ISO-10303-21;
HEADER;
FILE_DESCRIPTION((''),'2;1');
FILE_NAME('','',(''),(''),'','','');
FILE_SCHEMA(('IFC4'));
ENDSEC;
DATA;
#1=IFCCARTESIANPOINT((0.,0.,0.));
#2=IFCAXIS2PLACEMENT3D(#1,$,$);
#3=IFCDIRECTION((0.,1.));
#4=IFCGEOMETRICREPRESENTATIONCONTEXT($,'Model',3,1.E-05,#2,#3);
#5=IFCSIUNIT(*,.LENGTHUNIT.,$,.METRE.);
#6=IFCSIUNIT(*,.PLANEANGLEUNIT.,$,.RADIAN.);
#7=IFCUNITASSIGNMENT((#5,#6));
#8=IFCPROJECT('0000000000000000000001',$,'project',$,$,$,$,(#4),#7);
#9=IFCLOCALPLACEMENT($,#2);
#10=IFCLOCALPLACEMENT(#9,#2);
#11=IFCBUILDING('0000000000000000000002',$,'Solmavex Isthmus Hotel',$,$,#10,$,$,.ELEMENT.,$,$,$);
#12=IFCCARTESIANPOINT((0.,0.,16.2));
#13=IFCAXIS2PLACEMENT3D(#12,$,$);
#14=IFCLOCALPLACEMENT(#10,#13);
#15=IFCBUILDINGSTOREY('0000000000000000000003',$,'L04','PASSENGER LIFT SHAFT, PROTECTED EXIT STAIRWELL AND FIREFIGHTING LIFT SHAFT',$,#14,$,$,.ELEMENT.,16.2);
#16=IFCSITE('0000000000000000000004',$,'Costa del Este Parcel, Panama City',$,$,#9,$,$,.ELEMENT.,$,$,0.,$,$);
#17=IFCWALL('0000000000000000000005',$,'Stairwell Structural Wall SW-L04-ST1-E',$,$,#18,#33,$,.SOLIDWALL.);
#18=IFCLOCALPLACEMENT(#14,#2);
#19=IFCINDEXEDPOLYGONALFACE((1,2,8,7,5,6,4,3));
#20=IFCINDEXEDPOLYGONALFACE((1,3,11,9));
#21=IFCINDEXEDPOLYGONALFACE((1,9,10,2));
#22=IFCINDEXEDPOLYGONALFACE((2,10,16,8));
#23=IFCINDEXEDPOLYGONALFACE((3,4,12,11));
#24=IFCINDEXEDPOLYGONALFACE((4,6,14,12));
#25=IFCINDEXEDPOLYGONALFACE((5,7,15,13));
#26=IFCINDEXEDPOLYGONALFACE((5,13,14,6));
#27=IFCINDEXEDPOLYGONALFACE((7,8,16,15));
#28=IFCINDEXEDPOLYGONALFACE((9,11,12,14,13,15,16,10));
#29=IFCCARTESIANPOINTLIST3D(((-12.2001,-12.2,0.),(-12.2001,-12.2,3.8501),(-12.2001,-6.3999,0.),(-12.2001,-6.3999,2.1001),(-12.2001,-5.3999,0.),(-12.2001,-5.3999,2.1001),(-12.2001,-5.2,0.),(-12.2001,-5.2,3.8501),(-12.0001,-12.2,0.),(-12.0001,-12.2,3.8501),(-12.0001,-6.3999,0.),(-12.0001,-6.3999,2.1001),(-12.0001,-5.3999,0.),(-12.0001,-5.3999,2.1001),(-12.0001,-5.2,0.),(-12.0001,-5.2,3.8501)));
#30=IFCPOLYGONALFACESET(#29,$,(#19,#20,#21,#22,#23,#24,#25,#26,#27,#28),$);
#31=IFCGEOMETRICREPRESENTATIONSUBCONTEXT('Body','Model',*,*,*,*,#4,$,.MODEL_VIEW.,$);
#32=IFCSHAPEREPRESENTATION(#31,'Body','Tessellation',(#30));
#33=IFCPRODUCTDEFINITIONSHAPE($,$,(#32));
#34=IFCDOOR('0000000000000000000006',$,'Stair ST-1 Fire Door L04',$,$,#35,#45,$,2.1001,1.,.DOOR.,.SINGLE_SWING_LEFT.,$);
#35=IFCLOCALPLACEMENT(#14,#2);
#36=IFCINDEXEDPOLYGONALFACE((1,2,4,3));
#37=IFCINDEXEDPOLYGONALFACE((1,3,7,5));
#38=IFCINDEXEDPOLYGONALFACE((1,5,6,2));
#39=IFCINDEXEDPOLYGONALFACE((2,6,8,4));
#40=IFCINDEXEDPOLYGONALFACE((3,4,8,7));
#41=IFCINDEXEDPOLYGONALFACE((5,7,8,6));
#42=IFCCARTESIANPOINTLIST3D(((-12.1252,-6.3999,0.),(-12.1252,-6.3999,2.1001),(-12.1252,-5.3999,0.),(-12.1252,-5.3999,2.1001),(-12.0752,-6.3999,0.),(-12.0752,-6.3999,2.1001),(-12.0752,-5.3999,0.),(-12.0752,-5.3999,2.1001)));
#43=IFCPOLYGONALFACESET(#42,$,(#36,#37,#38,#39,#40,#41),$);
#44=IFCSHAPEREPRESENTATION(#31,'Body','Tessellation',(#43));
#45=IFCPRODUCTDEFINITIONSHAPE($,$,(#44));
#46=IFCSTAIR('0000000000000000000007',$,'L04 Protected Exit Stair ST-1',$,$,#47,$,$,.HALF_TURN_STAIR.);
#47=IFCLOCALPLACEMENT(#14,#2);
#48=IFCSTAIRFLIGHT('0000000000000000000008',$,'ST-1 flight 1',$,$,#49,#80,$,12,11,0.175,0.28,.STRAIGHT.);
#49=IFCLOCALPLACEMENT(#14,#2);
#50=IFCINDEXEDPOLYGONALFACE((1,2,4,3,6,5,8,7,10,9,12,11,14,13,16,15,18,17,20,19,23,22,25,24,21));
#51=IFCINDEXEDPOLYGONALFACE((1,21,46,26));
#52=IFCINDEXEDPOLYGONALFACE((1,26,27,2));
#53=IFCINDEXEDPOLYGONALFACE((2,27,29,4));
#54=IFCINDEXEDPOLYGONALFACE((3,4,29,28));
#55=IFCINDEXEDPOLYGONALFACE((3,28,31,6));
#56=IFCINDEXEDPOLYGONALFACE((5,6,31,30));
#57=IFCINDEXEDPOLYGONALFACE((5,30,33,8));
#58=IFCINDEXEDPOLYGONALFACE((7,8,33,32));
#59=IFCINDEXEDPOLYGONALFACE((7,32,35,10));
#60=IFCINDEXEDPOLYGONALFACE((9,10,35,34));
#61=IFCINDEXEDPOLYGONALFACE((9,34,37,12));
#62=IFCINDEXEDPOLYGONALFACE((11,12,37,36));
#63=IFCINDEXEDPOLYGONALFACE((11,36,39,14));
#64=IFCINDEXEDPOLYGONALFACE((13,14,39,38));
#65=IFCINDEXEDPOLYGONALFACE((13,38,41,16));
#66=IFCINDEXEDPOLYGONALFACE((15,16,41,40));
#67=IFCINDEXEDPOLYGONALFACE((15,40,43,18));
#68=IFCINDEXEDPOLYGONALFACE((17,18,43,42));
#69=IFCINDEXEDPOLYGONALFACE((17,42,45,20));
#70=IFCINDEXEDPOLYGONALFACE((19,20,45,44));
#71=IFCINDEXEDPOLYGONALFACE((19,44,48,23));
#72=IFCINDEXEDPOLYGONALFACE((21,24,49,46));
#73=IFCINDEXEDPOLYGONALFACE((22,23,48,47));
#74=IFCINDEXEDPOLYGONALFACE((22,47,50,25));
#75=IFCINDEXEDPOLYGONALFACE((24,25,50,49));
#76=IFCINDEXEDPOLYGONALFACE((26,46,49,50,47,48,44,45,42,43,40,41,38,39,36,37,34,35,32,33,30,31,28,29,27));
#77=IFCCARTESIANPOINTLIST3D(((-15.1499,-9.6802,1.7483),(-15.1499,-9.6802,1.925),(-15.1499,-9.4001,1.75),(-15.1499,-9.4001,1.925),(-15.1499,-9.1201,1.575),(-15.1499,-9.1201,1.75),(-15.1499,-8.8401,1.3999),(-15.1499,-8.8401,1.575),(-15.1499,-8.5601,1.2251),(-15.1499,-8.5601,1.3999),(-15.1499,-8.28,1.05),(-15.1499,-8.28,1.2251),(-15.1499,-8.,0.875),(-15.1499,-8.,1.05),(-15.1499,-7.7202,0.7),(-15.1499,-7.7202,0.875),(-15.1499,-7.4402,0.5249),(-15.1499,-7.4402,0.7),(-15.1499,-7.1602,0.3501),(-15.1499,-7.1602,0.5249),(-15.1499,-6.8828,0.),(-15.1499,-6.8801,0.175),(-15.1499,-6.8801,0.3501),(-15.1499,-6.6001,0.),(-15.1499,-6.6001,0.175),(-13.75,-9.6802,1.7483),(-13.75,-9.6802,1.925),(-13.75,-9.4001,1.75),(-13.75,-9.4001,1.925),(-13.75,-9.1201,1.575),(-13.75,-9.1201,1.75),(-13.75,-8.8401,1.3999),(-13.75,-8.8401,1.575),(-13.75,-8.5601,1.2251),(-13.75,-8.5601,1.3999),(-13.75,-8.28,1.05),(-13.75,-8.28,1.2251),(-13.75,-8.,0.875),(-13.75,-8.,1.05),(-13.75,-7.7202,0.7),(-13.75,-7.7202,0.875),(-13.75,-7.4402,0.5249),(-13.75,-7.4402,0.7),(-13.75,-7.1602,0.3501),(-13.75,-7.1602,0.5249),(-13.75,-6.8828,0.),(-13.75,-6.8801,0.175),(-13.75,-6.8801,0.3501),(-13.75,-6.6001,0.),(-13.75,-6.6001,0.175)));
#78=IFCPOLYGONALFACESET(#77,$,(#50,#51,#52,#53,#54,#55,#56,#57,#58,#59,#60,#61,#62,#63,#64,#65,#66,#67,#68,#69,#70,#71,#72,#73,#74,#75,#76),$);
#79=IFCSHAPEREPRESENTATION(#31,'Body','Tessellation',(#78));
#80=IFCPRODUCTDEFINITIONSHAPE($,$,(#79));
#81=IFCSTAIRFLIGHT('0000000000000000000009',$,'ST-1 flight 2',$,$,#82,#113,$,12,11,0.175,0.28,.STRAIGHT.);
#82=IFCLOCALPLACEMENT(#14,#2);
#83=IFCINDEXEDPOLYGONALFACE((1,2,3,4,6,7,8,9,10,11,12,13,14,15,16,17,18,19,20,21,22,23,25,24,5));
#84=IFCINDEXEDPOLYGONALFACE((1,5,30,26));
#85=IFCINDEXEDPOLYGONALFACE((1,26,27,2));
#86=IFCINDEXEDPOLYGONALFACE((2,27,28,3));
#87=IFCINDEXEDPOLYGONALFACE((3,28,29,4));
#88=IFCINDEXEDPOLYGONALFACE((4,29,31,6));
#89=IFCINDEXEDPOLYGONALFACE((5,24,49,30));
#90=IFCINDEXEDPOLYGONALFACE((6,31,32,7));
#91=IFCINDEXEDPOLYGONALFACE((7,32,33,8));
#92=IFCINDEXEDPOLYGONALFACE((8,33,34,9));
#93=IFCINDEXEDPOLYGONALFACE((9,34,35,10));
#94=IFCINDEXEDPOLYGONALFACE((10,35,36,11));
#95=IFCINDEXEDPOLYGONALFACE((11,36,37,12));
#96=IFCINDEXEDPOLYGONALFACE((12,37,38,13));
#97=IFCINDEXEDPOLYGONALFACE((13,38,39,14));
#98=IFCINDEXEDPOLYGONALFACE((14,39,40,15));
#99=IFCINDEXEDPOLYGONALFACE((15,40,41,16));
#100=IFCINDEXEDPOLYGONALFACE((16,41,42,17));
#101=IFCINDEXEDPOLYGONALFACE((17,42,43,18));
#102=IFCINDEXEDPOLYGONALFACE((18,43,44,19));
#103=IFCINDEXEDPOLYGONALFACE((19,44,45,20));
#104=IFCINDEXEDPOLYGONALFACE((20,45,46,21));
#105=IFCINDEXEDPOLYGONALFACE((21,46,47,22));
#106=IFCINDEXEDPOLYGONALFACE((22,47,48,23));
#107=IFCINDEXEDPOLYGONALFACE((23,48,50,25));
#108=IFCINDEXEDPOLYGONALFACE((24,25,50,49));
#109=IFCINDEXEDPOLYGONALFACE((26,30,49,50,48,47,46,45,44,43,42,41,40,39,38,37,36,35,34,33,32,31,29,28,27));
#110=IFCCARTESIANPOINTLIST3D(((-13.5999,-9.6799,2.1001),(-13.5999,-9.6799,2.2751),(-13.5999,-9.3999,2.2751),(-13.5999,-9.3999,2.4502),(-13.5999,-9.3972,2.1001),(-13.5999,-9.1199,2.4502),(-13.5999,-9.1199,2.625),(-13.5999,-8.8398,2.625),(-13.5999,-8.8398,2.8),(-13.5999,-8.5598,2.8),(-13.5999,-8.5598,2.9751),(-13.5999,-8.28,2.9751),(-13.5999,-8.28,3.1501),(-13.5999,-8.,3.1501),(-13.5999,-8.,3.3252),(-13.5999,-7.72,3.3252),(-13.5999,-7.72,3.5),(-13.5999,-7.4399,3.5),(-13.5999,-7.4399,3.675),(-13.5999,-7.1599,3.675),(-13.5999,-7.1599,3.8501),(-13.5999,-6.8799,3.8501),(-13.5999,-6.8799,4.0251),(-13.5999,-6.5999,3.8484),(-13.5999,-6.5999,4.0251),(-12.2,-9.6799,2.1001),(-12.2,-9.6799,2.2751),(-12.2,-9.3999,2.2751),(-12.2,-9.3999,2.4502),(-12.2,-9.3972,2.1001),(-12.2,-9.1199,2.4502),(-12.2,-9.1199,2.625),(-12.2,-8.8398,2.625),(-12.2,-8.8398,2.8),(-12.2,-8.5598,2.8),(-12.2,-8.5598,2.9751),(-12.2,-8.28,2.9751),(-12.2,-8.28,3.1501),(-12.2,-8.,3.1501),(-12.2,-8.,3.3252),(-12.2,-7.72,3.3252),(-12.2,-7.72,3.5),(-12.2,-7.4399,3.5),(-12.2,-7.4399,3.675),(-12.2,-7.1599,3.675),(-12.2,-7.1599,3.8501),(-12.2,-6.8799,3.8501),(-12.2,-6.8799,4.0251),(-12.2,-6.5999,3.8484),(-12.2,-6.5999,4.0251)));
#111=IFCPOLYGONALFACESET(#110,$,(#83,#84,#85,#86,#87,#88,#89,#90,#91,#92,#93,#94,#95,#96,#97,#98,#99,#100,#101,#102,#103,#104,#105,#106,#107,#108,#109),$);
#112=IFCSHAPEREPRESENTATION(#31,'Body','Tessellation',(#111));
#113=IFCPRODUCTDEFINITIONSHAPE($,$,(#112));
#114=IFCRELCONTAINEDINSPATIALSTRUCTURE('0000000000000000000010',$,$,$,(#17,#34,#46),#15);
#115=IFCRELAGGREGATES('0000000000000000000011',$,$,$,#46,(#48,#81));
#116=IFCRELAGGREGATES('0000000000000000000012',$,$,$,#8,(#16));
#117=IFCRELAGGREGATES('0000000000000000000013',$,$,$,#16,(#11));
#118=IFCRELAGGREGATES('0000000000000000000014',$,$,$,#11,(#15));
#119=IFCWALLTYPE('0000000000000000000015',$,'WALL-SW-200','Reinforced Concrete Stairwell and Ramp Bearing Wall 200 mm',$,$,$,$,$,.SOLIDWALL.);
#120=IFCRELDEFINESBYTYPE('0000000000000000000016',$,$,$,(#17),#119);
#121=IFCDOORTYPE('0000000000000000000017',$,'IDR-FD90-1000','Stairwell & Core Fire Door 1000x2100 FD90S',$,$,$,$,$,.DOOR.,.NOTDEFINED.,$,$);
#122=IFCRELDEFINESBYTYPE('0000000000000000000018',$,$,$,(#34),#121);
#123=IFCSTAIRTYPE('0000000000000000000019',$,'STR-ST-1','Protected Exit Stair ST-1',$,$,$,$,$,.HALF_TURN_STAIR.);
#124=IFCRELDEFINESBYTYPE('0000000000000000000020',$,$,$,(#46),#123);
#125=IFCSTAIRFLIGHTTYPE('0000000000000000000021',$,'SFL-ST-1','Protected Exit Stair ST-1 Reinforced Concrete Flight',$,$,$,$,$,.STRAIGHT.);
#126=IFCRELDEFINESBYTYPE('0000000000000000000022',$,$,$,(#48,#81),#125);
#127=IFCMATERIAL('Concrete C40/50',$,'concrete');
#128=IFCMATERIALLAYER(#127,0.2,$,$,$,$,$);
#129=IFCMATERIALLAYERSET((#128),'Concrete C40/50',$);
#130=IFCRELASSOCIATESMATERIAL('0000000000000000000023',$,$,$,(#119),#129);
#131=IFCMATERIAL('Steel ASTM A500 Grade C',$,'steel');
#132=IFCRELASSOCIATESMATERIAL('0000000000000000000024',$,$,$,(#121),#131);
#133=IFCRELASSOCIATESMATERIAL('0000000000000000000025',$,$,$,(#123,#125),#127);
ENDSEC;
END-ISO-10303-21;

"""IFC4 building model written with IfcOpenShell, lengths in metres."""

from ifc_helpers import new_model, si_unit, direction, frame, frame_2d, origin, place, context, subcontext, project, spatial, polyline, rectangle, outline, extrude, material, layer, layer_set, type_object, element, fill, aggregate, save


model = new_model("IFC4")

# Units and contexts
model_context = context("Model", 3, precision=1e-05, world=origin(), true_north=direction((0.0, 1.0)))
body_context = subcontext(model_context, "Body", "Model", "MODEL_VIEW")
ifc_project = project(units=[si_unit("LENGTHUNIT", "METRE"), si_unit("PLANEANGLEUNIT", "RADIAN")], contexts=[model_context])

# Site, building, storey
site_placement = place(None, origin())
site = spatial("IfcSite", under=ifc_project, at=site_placement, Name="Costa del Este Parcel, Panama City", CompositionType="ELEMENT", RefElevation=0.0)
building_placement = place(site_placement, origin())
building = spatial("IfcBuilding", under=site, at=building_placement, Name="Solmavex Isthmus Hotel", CompositionType="ELEMENT")
storey_placement = place(building_placement, frame((0.0, 0.0, 16.2)))
storey = spatial("IfcBuildingStorey", under=building, at=storey_placement, Name="L04", Description="PASSENGER LIFT SHAFT, PROTECTED EXIT STAIRWELL AND FIREFIGHTING LIFT SHAFT", CompositionType="ELEMENT", Elevation=16.2)

# Shared definitions
ifc_material_1 = material(Name="Concrete C40/50", Category="concrete")
ifc_material_2 = material(Name="Steel ASTM A500 Grade C", Category="steel")

# Shared definitions
ifc_layer_1 = layer(ifc_material_1, 0.2)
ifc_layer_set_1 = layer_set([ifc_layer_1], Name="Concrete C40/50")
wall_type_1 = type_object("IfcWallType", Name="WALL-SW-200", Description="Reinforced Concrete Stairwell and Ramp Bearing Wall 200 mm", PredefinedType="SOLIDWALL", material=ifc_layer_set_1)

# Wall, opening, door
wall_1_placement = place(storey_placement, frame((-12.1001, -12.2, 0.0), z_axis=(0.0, 0.0, 1.0), x_axis=(0.0, 1.0, 0.0)))
wall_1 = element("IfcWall", 1, at=wall_1_placement, inside=storey, type_object=wall_type_1, Name="Stairwell Structural Wall SW-L04-ST1-E", PredefinedType="SOLIDWALL", context=body_context, shape_type="SweptSolid", body=[
    extrude(rectangle(XDim=7.0, YDim=0.2, at=frame_2d((3.5, 0.0))), origin(), (0.0, 0.0, 1.0), 3.8501),
])
opening_1_placement = place(wall_1_placement, frame((5.8, 0.0, 0.0)))
opening_1 = element("IfcOpeningElement", 2, at=opening_1_placement, cuts=wall_1, PredefinedType="OPENING", context=body_context, shape_type="SweptSolid", body=[
    extrude(rectangle(XDim=1.0, YDim=2.1001, at=frame_2d((0.5, 1.05))), frame((0.0, 0.1099, 0.0), z_axis=(0.0, -1.0, 0.0), x_axis=(1.0, 0.0, 0.0)), (0.0, 0.0, 1.0), 0.22),
])
door_type_1 = type_object("IfcDoorType", Name="IDR-FD90-1000", Description="Stairwell & Core Fire Door 1000x2100 FD90S", OperationType="NOTDEFINED", PredefinedType="DOOR", material=ifc_material_2)
door_1_placement = place(opening_1_placement, frame((1.0, 0.0, 0.0), z_axis=(0.0, 0.0, 1.0), x_axis=(-1.0, 0.0, 0.0)))
door_1 = element("IfcDoor", 3, at=door_1_placement, inside=storey, type_object=door_type_1, Name="Stair ST-1 Fire Door L04", OperationType="SINGLE_SWING_LEFT", OverallHeight=2.1001, OverallWidth=1.0, PredefinedType="DOOR", context=body_context, shape_type="SweptSolid", body=[
    extrude(rectangle(XDim=1.0, YDim=2.1001, at=frame_2d((0.5, 1.05))), frame((0.0, 0.0249, 0.0), z_axis=(0.0, -1.0, 0.0), x_axis=(1.0, 0.0, 0.0)), (0.0, 0.0, 1.0), 0.05),
])
fill(opening_1, door_1)

# Stair, stair flights
stair_type = type_object("IfcStairType", Name="STR-ST-1", Description="Protected Exit Stair ST-1", PredefinedType="HALF_TURN_STAIR", material=ifc_material_1)
stair_placement = place(storey_placement, origin())
stair = element("IfcStair", 4, at=stair_placement, inside=storey, type_object=stair_type, Name="L04 Protected Exit Stair ST-1", PredefinedType="HALF_TURN_STAIR")
stair_flight_type = type_object("IfcStairFlightType", Name="SFL-ST-1", Description="Protected Exit Stair ST-1 Reinforced Concrete Flight", PredefinedType="STRAIGHT", material=ifc_material_1)
stair_flight_1_placement = place(storey_placement, frame((-14.45, -6.6001, 0.0), z_axis=(0.0, 0.0, 1.0), x_axis=(0.0, -1.0, 0.0)))
stair_flight_1 = element("IfcStairFlight", 5, at=stair_flight_1_placement, type_object=stair_flight_type, Name="ST-1 flight 1", NumberOfRisers=12, NumberOfTreads=11, PredefinedType="STRAIGHT", RiserHeight=0.175, TreadLength=0.28, context=body_context, shape_type="SweptSolid", body=[
    extrude(outline(polyline([(0.0, 0.0), (0.0, 0.175), (0.28, 0.175), (0.28, 0.3501), (0.5601, 0.3501), (0.5601, 0.5249), (0.8401, 0.5249), (0.8401, 0.7), (1.1201, 0.7), (1.1201, 0.875), (1.3999, 0.875), (1.3999, 1.05), (1.6799, 1.05), (1.6799, 1.2251), (1.96, 1.2251), (1.96, 1.3999), (2.24, 1.3999), (2.24, 1.575), (2.52, 1.575), (2.52, 1.75), (2.8, 1.75), (2.8, 1.925), (3.0801, 1.925), (3.0801, 2.1001), (3.0801, 1.7483), (0.2827, 0.0), (0.0, 0.0)])), frame((0.0, 0.7, 0.0), z_axis=(0.0, -1.0, 0.0), x_axis=(1.0, 0.0, 0.0)), (0.0, 0.0, 1.0), 1.3999),
])
stair_flight_2_placement = place(storey_placement, frame((-12.8999, -9.6799, 2.1001), z_axis=(0.0, 0.0, 1.0), x_axis=(0.0, 1.0, 0.0)))
stair_flight_2 = element("IfcStairFlight", 6, at=stair_flight_2_placement, type_object=stair_flight_type, Name="ST-1 flight 2", NumberOfRisers=12, NumberOfTreads=11, PredefinedType="STRAIGHT", RiserHeight=0.175, TreadLength=0.28, context=body_context, shape_type="SweptSolid", body=[
    extrude(outline(polyline([(0.0, 0.0), (0.0, 0.175), (0.28, 0.175), (0.28, 0.3501), (0.5601, 0.3501), (0.5601, 0.5249), (0.8401, 0.5249), (0.8401, 0.7), (1.1201, 0.7), (1.1201, 0.875), (1.3999, 0.875), (1.3999, 1.05), (1.6799, 1.05), (1.6799, 1.2251), (1.96, 1.2251), (1.96, 1.3999), (2.24, 1.3999), (2.24, 1.575), (2.52, 1.575), (2.52, 1.75), (2.8, 1.75), (2.8, 1.925), (3.0801, 1.925), (3.0801, 2.1001), (3.0801, 1.7483), (0.2827, 0.0), (0.0, 0.0)])), frame((0.0, 0.7, 0.0), z_axis=(0.0, -1.0, 0.0), x_axis=(1.0, 0.0, 0.0)), (0.0, 0.0, 1.0), 1.3999),
])
aggregate(stair, [stair_flight_1, stair_flight_2])

save(model, "model.ifc")
